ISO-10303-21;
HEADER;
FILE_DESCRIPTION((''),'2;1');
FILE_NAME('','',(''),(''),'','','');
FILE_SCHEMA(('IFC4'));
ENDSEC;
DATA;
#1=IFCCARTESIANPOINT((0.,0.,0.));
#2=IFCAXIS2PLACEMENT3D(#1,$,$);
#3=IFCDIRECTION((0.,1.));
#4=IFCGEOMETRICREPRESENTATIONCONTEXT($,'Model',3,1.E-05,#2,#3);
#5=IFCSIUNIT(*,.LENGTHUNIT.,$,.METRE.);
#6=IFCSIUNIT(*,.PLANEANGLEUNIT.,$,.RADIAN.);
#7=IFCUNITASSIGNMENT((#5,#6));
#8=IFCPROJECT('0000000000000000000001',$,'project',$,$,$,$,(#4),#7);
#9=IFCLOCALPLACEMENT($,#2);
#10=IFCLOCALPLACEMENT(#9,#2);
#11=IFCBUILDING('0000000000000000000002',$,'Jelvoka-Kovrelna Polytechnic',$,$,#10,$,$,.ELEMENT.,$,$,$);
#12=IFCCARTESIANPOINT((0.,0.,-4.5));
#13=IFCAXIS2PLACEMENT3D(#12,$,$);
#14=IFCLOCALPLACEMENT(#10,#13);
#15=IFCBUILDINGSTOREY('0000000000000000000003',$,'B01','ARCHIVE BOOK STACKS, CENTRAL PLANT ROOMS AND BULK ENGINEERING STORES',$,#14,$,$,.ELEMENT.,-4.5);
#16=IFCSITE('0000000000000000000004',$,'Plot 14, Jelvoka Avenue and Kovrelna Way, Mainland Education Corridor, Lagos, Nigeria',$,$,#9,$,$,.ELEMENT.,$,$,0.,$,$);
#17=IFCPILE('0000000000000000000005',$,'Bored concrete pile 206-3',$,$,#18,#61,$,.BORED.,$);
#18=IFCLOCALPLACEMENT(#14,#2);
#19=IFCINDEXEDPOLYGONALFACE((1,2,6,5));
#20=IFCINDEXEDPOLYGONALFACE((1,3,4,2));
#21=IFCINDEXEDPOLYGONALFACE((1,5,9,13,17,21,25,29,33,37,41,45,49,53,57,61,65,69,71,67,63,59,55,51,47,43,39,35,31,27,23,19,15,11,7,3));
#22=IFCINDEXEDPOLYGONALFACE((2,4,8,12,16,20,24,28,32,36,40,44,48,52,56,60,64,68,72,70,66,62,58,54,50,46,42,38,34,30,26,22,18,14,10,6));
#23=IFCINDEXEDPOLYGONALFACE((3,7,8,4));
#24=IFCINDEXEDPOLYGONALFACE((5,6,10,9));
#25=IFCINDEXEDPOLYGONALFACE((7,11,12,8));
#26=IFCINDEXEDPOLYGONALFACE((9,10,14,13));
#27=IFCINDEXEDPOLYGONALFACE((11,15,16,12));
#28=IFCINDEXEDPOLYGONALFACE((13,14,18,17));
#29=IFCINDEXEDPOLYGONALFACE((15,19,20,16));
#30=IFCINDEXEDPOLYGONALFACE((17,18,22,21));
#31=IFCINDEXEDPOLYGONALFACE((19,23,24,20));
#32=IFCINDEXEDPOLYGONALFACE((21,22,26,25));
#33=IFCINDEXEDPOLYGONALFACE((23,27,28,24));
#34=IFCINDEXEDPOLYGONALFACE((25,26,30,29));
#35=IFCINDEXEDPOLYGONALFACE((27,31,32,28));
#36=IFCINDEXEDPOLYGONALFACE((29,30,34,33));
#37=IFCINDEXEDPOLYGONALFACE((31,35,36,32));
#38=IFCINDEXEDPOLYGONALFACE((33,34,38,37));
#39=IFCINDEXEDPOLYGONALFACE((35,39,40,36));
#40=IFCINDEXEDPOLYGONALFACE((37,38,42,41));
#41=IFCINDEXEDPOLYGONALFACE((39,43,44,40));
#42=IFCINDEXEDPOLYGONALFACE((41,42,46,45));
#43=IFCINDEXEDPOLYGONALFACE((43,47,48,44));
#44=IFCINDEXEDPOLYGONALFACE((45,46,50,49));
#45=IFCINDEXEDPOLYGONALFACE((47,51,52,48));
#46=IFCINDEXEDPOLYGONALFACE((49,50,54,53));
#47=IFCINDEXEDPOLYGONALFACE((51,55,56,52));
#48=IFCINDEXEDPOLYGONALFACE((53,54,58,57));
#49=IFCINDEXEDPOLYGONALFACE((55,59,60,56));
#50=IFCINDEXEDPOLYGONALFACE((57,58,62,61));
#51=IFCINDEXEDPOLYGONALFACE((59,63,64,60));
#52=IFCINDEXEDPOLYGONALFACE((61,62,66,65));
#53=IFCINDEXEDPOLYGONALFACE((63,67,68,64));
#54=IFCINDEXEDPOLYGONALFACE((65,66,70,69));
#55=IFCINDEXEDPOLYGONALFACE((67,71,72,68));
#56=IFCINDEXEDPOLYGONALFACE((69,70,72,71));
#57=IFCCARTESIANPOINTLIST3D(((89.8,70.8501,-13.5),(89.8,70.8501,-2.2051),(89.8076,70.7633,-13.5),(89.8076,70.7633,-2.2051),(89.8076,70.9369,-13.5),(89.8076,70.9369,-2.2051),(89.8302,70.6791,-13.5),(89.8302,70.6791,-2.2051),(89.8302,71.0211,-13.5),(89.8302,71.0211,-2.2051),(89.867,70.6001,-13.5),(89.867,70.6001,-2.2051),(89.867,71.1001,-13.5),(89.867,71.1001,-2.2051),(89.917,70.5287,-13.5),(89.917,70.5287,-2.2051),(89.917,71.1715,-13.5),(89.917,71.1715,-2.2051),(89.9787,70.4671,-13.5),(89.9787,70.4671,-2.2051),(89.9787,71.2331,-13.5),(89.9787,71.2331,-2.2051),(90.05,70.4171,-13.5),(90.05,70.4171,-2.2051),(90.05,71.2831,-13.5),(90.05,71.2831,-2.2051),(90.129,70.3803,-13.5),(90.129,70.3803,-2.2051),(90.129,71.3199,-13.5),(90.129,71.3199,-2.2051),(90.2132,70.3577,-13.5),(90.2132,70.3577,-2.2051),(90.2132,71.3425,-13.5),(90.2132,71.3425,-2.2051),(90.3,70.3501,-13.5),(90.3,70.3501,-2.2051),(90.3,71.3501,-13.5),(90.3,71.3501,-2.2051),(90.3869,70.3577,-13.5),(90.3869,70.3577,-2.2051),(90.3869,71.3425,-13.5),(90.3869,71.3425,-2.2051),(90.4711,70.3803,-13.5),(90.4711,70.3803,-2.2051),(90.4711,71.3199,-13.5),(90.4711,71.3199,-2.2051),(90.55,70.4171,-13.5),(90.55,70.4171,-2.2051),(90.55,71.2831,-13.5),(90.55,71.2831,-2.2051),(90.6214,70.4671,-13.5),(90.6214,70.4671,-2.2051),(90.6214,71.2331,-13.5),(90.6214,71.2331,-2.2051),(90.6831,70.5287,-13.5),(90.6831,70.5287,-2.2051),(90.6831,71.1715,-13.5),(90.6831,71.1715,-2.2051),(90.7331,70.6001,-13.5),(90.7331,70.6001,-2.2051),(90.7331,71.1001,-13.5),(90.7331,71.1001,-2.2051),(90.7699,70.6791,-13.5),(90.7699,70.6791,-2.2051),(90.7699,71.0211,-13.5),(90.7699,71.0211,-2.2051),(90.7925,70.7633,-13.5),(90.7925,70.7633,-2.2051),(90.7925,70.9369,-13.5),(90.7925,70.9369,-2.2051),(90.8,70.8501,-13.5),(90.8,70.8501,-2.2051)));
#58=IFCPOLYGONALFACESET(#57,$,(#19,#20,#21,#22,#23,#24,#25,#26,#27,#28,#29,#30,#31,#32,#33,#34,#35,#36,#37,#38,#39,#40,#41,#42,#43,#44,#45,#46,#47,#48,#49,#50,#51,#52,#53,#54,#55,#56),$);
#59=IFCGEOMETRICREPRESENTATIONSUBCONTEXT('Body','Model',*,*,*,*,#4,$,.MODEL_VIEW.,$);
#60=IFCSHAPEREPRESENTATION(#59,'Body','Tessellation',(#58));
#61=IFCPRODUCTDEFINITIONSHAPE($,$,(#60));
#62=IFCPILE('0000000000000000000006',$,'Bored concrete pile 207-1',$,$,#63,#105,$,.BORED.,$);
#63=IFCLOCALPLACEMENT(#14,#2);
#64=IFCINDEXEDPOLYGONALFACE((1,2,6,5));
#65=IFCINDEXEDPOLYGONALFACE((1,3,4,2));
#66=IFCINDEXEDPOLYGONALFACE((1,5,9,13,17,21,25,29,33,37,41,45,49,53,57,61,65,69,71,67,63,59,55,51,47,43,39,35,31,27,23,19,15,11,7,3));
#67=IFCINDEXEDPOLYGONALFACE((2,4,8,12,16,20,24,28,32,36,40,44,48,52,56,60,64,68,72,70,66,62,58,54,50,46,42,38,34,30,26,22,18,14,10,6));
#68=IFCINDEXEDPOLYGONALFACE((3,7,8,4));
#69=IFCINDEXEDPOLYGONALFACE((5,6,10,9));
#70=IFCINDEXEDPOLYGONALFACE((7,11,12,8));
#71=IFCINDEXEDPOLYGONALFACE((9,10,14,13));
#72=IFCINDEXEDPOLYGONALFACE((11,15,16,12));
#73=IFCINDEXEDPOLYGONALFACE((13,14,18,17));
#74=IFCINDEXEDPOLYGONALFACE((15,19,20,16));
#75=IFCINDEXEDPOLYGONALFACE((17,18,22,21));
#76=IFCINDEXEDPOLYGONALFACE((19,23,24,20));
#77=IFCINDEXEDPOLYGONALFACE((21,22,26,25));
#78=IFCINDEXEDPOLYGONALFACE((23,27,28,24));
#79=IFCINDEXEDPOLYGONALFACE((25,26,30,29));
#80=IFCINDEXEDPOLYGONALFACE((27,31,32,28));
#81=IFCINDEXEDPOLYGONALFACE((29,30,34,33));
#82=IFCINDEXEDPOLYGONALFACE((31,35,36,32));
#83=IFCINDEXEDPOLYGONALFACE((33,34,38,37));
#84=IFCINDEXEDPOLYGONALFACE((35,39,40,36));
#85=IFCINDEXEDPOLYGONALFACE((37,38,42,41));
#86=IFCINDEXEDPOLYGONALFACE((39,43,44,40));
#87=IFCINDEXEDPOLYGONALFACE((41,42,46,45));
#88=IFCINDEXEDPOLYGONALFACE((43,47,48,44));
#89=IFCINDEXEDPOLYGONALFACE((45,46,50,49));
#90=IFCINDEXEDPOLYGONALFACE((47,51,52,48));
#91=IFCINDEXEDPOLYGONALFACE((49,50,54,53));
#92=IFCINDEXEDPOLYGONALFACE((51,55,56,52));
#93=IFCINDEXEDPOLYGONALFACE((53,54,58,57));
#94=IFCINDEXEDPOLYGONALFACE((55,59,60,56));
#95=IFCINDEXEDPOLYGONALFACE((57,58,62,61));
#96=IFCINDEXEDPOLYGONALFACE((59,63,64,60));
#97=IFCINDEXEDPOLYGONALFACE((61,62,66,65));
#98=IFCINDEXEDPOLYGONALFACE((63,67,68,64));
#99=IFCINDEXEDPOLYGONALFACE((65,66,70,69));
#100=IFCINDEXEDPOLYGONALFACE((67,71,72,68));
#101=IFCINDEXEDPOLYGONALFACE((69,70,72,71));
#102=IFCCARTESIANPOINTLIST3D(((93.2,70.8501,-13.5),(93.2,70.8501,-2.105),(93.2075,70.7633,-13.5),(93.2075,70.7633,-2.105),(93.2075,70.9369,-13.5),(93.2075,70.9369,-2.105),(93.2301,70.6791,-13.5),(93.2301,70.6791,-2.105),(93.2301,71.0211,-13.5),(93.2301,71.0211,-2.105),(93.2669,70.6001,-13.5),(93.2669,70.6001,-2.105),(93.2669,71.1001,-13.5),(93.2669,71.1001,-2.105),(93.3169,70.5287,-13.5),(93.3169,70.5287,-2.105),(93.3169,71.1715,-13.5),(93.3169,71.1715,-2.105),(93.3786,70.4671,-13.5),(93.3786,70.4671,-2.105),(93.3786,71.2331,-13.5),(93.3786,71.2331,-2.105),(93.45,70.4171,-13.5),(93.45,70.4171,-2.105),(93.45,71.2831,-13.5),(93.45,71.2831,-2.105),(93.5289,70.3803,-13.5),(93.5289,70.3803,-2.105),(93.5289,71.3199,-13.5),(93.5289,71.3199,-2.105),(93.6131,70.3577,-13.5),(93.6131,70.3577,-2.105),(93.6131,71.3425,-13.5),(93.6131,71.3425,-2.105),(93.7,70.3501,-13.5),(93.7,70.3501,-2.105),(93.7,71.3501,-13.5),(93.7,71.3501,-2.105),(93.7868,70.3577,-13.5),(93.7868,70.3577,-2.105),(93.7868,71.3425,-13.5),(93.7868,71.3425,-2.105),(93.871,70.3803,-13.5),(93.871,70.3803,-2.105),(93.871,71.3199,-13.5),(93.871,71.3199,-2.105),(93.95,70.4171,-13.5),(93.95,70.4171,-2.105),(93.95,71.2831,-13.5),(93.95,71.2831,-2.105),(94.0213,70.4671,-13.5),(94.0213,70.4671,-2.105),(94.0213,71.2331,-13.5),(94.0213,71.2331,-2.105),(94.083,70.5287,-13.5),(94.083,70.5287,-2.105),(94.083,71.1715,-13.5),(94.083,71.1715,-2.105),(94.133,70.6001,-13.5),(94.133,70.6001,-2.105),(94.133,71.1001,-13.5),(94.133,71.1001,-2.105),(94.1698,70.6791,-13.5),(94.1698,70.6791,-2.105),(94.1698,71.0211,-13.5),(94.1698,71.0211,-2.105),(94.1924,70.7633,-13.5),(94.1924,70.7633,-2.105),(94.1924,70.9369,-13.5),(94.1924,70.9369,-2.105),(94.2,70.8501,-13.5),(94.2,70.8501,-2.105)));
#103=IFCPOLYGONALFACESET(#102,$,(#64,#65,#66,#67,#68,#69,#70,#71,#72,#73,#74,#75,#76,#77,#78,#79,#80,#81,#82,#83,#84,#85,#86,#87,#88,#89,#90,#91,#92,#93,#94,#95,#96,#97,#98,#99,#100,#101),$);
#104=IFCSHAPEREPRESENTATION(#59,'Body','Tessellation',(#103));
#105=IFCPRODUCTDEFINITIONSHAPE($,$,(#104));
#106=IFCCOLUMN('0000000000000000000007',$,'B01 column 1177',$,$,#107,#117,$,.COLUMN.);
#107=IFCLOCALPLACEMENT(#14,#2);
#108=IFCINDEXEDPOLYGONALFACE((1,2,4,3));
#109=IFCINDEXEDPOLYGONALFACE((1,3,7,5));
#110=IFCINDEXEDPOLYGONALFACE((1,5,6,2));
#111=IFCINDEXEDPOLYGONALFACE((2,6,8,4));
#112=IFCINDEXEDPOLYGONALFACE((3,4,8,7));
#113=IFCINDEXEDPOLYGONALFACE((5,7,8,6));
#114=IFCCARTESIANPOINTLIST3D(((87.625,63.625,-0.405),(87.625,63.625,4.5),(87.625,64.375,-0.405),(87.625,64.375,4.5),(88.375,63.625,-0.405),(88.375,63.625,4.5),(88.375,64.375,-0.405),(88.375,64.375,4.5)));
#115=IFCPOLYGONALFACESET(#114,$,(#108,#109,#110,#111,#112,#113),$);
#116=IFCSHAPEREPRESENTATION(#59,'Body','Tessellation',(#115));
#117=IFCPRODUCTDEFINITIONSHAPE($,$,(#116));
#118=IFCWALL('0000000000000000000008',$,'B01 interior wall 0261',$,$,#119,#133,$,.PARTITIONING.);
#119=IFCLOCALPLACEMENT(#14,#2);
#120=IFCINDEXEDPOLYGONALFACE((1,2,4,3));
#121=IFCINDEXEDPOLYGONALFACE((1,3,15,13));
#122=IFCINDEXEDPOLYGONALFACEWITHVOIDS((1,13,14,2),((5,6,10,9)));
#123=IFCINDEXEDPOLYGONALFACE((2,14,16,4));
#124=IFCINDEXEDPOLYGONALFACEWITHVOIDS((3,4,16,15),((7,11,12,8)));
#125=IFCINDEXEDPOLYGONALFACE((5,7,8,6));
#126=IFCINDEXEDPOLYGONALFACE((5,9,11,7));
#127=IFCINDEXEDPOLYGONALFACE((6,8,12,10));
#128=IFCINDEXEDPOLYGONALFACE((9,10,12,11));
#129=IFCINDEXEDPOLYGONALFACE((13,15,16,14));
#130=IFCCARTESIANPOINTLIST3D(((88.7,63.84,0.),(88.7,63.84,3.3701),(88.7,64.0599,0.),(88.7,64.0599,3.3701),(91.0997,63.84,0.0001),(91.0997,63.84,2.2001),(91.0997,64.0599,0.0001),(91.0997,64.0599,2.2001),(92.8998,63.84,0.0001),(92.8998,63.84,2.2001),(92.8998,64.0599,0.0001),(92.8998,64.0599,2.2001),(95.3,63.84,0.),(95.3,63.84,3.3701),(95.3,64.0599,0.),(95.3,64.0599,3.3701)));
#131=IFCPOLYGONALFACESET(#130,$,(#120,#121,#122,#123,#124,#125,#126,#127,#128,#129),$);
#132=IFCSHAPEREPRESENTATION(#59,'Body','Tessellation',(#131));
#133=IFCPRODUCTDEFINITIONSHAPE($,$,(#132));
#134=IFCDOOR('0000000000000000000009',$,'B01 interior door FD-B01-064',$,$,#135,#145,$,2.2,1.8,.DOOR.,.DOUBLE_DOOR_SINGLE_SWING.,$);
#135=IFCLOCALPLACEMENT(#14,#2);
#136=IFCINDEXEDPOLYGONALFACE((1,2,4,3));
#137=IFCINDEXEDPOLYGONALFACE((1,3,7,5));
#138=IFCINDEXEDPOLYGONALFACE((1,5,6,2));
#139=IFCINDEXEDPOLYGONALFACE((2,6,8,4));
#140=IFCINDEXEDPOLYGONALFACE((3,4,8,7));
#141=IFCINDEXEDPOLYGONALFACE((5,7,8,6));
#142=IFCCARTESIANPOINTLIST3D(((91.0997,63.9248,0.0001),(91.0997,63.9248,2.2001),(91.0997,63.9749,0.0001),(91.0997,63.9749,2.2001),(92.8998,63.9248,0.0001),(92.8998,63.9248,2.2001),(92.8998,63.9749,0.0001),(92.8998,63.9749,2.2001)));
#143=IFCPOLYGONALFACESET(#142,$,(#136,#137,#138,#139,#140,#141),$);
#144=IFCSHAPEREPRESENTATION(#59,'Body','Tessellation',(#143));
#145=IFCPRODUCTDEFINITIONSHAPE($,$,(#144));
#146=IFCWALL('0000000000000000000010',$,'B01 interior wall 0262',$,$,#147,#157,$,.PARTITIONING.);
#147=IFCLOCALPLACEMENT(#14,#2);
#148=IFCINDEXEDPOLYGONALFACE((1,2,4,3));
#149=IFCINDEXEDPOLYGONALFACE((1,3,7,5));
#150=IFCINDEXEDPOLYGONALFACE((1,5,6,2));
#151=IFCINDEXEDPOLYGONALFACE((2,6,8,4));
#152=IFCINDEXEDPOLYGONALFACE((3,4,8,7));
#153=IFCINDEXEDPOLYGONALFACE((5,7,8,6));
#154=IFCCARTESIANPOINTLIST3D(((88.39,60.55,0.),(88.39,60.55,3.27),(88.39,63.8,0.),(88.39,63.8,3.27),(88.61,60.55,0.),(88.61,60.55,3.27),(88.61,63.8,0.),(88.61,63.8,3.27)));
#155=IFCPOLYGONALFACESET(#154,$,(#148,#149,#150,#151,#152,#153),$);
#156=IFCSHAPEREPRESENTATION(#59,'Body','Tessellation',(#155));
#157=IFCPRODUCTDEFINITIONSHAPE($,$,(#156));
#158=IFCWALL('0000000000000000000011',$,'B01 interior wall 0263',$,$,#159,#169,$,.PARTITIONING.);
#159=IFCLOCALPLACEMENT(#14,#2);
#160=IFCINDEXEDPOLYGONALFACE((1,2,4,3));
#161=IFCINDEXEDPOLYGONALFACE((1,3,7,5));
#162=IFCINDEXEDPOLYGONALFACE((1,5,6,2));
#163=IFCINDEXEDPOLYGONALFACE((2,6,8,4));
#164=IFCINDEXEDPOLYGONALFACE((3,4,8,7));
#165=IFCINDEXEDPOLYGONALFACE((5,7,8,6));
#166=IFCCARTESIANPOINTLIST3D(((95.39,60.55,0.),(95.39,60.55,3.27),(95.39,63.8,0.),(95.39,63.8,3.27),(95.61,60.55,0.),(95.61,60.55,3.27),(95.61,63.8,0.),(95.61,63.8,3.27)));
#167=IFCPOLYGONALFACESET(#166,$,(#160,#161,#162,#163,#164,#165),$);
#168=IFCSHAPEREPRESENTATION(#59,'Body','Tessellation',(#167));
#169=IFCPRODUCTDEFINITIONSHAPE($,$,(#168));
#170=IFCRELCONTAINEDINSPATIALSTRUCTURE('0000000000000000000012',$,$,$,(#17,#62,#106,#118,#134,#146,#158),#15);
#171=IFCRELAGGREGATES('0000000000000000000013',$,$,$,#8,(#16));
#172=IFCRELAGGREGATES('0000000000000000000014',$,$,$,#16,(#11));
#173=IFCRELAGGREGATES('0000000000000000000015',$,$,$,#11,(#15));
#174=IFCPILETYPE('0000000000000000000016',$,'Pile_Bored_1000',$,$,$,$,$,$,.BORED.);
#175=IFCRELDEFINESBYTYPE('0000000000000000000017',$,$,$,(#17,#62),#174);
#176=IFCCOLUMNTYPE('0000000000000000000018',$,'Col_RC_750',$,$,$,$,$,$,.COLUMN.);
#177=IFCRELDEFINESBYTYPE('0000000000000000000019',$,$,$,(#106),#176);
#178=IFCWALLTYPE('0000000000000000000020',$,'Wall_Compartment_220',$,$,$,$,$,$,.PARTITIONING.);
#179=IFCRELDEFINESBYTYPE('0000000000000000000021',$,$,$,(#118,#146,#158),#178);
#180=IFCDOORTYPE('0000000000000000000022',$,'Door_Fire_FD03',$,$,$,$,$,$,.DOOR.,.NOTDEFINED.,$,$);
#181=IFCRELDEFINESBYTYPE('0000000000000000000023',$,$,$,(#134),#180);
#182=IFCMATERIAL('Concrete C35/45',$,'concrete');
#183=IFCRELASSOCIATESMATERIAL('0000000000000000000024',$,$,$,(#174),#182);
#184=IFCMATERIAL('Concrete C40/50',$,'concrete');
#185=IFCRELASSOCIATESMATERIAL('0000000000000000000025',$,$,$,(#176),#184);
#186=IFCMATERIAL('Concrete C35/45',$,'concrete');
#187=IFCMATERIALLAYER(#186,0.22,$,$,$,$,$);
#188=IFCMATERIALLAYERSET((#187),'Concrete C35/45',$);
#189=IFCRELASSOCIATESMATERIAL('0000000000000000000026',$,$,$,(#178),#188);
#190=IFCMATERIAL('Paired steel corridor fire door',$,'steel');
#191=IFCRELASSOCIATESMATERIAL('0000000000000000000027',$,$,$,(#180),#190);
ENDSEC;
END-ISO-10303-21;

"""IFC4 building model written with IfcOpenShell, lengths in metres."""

from ifc_helpers import new_model, si_unit, direction, frame, frame_2d, origin, origin_2d, place, context, subcontext, project, spatial, rectangle, circle, extrude, material, layer, layer_set, material_profile, profile_set, type_object, element, fill, save


model = new_model("IFC4")

# Units and contexts
model_context = context("Model", 3, precision=1e-05, world=origin(), true_north=direction((0.0, 1.0)))
body_context = subcontext(model_context, "Body", "Model", "MODEL_VIEW")
ifc_project = project(units=[si_unit("LENGTHUNIT", "METRE"), si_unit("PLANEANGLEUNIT", "RADIAN")], contexts=[model_context])

# Site, building, storey
site_placement = place(None, origin())
site = spatial("IfcSite", under=ifc_project, at=site_placement, Name="Plot 14, Jelvoka Avenue and Kovrelna Way, Mainland Education Corridor, Lagos, Nigeria", CompositionType="ELEMENT", RefElevation=0.0)
building_placement = place(site_placement, origin())
building = spatial("IfcBuilding", under=site, at=building_placement, Name="Jelvoka-Kovrelna Polytechnic", CompositionType="ELEMENT")
storey_placement = place(building_placement, frame((0.0, 0.0, -4.5)))
storey = spatial("IfcBuildingStorey", under=building, at=storey_placement, Name="B01", Description="ARCHIVE BOOK STACKS, CENTRAL PLANT ROOMS AND BULK ENGINEERING STORES", CompositionType="ELEMENT", Elevation=-4.5)

# Piles
ifc_material_1 = material(Name="Concrete C35/45", Category="concrete")
ifc_material_profile_1 = material_profile(ifc_material_1, circle(Radius=0.5, at=origin_2d()), Name="PILE D1000")
ifc_profile_set_1 = profile_set([ifc_material_profile_1], Name="Concrete C35/45")
pile_type = type_object("IfcPileType", Name="Pile_Bored_1000", PredefinedType="BORED", material=ifc_profile_set_1)
for number, where, z_axis, x_axis, name in (
    (1, (90.3, 70.8501, -2.2051), (0.0, 0.0, -1.0), (1.0, 0.0, 0.0), "Bored concrete pile 206-3"),
):
    element("IfcPile", number, at=place(storey_placement, frame(where, z_axis=z_axis, x_axis=x_axis)), inside=storey, type_object=pile_type, Name=name, PredefinedType="BORED", context=body_context, shape_type="SweptSolid", body=[
        extrude(circle(Radius=0.5, at=origin_2d()), origin(), (0.0, 0.0, 1.0), 11.2949),
    ])
pile_1_placement = place(storey_placement, frame((93.7, 70.8501, -2.105), z_axis=(0.0, 0.0, -1.0), x_axis=(1.0, 0.0, 0.0)))
element("IfcPile", 2, at=pile_1_placement, inside=storey, type_object=pile_type, Name="Bored concrete pile 207-1", PredefinedType="BORED", context=body_context, shape_type="SweptSolid", body=[
    extrude(circle(Radius=0.5, at=origin_2d()), origin(), (0.0, 0.0, 1.0), 11.395),
])

# Column
ifc_material_2 = material(Name="Concrete C40/50", Category="concrete")
ifc_material_profile_2 = material_profile(ifc_material_2, rectangle(XDim=0.75, YDim=0.75, at=origin_2d()), Name="RC 750x750")
ifc_profile_set_2 = profile_set([ifc_material_profile_2], Name="Concrete C40/50")
column_type = type_object("IfcColumnType", Name="Col_RC_750", PredefinedType="COLUMN", material=ifc_profile_set_2)
column_placement = place(storey_placement, frame((88.0, 64.0, -0.405), z_axis=(0.0, 0.0, 1.0), x_axis=(1.0, 0.0, 0.0)))
element("IfcColumn", 3, at=column_placement, inside=storey, type_object=column_type, Name="B01 column 1177", PredefinedType="COLUMN", context=body_context, shape_type="SweptSolid", body=[
    extrude(rectangle(XDim=0.75, YDim=0.75, at=origin_2d()), origin(), (0.0, 0.0, 1.0), 4.905),
])

# Wall, opening, door
ifc_material_3 = material(Name="Concrete C35/45", Category="concrete")
ifc_layer_1 = layer(ifc_material_3, 0.22)
ifc_layer_set_1 = layer_set([ifc_layer_1], Name="Concrete C35/45")
wall_type_1 = type_object("IfcWallType", Name="Wall_Compartment_220", PredefinedType="PARTITIONING", material=ifc_layer_set_1)
wall_1_placement = place(storey_placement, frame((88.7, 63.95, 0.0), z_axis=(0.0, 0.0, 1.0), x_axis=(1.0, 0.0, 0.0)))
wall_1 = element("IfcWall", 4, at=wall_1_placement, inside=storey, type_object=wall_type_1, Name="B01 interior wall 0261", PredefinedType="PARTITIONING", context=body_context, shape_type="SweptSolid", body=[
    extrude(rectangle(XDim=6.6001, YDim=0.22, at=frame_2d((3.3, 0.0))), origin(), (0.0, 0.0, 1.0), 3.3701),
])
opening_1_placement = place(wall_1_placement, frame((2.3999, 0.0, 0.0)))
opening_1 = element("IfcOpeningElement", 5, at=opening_1_placement, cuts=wall_1, PredefinedType="OPENING", context=body_context, shape_type="SweptSolid", body=[
    extrude(rectangle(XDim=1.8, YDim=2.2, at=frame_2d((0.8999, 1.1001))), frame((0.0, 0.1199, 0.0), z_axis=(0.0, -1.0, 0.0), x_axis=(1.0, 0.0, 0.0)), (0.0, 0.0, 1.0), 0.24),
])
ifc_material_4 = material(Name="Paired steel corridor fire door", Category="steel")
door_type_1 = type_object("IfcDoorType", Name="Door_Fire_FD03", OperationType="NOTDEFINED", PredefinedType="DOOR", material=ifc_material_4)
door_1_placement = place(opening_1_placement, origin())
door_1 = element("IfcDoor", 6, at=door_1_placement, inside=storey, type_object=door_type_1, Name="B01 interior door FD-B01-064", OperationType="DOUBLE_DOOR_SINGLE_SWING", OverallHeight=2.2, OverallWidth=1.8, PredefinedType="DOOR", context=body_context, shape_type="SweptSolid", body=[
    extrude(rectangle(XDim=1.8, YDim=2.2, at=frame_2d((0.8999, 1.1001))), frame((0.0, 0.0249, 0.0), z_axis=(0.0, -1.0, 0.0), x_axis=(1.0, 0.0, 0.0)), (0.0, 0.0, 1.0), 0.05),
])
fill(opening_1, door_1)

# Walls
for number, where, z_axis, x_axis, name in (
    (7, (88.5, 60.55, 0.0), (0.0, 0.0, 1.0), (0.0, 1.0, 0.0), "B01 interior wall 0262"),
    (8, (95.5, 60.55, 0.0), (0.0, 0.0, 1.0), (0.0, 1.0, 0.0), "B01 interior wall 0263"),
):
    element("IfcWall", number, at=place(storey_placement, frame(where, z_axis=z_axis, x_axis=x_axis)), inside=storey, type_object=wall_type_1, Name=name, PredefinedType="PARTITIONING", context=body_context, shape_type="SweptSolid", body=[
        extrude(rectangle(XDim=3.25, YDim=0.22, at=frame_2d((1.625, 0.0))), origin(), (0.0, 0.0, 1.0), 3.27),
    ])

save(model, "model.ifc")
